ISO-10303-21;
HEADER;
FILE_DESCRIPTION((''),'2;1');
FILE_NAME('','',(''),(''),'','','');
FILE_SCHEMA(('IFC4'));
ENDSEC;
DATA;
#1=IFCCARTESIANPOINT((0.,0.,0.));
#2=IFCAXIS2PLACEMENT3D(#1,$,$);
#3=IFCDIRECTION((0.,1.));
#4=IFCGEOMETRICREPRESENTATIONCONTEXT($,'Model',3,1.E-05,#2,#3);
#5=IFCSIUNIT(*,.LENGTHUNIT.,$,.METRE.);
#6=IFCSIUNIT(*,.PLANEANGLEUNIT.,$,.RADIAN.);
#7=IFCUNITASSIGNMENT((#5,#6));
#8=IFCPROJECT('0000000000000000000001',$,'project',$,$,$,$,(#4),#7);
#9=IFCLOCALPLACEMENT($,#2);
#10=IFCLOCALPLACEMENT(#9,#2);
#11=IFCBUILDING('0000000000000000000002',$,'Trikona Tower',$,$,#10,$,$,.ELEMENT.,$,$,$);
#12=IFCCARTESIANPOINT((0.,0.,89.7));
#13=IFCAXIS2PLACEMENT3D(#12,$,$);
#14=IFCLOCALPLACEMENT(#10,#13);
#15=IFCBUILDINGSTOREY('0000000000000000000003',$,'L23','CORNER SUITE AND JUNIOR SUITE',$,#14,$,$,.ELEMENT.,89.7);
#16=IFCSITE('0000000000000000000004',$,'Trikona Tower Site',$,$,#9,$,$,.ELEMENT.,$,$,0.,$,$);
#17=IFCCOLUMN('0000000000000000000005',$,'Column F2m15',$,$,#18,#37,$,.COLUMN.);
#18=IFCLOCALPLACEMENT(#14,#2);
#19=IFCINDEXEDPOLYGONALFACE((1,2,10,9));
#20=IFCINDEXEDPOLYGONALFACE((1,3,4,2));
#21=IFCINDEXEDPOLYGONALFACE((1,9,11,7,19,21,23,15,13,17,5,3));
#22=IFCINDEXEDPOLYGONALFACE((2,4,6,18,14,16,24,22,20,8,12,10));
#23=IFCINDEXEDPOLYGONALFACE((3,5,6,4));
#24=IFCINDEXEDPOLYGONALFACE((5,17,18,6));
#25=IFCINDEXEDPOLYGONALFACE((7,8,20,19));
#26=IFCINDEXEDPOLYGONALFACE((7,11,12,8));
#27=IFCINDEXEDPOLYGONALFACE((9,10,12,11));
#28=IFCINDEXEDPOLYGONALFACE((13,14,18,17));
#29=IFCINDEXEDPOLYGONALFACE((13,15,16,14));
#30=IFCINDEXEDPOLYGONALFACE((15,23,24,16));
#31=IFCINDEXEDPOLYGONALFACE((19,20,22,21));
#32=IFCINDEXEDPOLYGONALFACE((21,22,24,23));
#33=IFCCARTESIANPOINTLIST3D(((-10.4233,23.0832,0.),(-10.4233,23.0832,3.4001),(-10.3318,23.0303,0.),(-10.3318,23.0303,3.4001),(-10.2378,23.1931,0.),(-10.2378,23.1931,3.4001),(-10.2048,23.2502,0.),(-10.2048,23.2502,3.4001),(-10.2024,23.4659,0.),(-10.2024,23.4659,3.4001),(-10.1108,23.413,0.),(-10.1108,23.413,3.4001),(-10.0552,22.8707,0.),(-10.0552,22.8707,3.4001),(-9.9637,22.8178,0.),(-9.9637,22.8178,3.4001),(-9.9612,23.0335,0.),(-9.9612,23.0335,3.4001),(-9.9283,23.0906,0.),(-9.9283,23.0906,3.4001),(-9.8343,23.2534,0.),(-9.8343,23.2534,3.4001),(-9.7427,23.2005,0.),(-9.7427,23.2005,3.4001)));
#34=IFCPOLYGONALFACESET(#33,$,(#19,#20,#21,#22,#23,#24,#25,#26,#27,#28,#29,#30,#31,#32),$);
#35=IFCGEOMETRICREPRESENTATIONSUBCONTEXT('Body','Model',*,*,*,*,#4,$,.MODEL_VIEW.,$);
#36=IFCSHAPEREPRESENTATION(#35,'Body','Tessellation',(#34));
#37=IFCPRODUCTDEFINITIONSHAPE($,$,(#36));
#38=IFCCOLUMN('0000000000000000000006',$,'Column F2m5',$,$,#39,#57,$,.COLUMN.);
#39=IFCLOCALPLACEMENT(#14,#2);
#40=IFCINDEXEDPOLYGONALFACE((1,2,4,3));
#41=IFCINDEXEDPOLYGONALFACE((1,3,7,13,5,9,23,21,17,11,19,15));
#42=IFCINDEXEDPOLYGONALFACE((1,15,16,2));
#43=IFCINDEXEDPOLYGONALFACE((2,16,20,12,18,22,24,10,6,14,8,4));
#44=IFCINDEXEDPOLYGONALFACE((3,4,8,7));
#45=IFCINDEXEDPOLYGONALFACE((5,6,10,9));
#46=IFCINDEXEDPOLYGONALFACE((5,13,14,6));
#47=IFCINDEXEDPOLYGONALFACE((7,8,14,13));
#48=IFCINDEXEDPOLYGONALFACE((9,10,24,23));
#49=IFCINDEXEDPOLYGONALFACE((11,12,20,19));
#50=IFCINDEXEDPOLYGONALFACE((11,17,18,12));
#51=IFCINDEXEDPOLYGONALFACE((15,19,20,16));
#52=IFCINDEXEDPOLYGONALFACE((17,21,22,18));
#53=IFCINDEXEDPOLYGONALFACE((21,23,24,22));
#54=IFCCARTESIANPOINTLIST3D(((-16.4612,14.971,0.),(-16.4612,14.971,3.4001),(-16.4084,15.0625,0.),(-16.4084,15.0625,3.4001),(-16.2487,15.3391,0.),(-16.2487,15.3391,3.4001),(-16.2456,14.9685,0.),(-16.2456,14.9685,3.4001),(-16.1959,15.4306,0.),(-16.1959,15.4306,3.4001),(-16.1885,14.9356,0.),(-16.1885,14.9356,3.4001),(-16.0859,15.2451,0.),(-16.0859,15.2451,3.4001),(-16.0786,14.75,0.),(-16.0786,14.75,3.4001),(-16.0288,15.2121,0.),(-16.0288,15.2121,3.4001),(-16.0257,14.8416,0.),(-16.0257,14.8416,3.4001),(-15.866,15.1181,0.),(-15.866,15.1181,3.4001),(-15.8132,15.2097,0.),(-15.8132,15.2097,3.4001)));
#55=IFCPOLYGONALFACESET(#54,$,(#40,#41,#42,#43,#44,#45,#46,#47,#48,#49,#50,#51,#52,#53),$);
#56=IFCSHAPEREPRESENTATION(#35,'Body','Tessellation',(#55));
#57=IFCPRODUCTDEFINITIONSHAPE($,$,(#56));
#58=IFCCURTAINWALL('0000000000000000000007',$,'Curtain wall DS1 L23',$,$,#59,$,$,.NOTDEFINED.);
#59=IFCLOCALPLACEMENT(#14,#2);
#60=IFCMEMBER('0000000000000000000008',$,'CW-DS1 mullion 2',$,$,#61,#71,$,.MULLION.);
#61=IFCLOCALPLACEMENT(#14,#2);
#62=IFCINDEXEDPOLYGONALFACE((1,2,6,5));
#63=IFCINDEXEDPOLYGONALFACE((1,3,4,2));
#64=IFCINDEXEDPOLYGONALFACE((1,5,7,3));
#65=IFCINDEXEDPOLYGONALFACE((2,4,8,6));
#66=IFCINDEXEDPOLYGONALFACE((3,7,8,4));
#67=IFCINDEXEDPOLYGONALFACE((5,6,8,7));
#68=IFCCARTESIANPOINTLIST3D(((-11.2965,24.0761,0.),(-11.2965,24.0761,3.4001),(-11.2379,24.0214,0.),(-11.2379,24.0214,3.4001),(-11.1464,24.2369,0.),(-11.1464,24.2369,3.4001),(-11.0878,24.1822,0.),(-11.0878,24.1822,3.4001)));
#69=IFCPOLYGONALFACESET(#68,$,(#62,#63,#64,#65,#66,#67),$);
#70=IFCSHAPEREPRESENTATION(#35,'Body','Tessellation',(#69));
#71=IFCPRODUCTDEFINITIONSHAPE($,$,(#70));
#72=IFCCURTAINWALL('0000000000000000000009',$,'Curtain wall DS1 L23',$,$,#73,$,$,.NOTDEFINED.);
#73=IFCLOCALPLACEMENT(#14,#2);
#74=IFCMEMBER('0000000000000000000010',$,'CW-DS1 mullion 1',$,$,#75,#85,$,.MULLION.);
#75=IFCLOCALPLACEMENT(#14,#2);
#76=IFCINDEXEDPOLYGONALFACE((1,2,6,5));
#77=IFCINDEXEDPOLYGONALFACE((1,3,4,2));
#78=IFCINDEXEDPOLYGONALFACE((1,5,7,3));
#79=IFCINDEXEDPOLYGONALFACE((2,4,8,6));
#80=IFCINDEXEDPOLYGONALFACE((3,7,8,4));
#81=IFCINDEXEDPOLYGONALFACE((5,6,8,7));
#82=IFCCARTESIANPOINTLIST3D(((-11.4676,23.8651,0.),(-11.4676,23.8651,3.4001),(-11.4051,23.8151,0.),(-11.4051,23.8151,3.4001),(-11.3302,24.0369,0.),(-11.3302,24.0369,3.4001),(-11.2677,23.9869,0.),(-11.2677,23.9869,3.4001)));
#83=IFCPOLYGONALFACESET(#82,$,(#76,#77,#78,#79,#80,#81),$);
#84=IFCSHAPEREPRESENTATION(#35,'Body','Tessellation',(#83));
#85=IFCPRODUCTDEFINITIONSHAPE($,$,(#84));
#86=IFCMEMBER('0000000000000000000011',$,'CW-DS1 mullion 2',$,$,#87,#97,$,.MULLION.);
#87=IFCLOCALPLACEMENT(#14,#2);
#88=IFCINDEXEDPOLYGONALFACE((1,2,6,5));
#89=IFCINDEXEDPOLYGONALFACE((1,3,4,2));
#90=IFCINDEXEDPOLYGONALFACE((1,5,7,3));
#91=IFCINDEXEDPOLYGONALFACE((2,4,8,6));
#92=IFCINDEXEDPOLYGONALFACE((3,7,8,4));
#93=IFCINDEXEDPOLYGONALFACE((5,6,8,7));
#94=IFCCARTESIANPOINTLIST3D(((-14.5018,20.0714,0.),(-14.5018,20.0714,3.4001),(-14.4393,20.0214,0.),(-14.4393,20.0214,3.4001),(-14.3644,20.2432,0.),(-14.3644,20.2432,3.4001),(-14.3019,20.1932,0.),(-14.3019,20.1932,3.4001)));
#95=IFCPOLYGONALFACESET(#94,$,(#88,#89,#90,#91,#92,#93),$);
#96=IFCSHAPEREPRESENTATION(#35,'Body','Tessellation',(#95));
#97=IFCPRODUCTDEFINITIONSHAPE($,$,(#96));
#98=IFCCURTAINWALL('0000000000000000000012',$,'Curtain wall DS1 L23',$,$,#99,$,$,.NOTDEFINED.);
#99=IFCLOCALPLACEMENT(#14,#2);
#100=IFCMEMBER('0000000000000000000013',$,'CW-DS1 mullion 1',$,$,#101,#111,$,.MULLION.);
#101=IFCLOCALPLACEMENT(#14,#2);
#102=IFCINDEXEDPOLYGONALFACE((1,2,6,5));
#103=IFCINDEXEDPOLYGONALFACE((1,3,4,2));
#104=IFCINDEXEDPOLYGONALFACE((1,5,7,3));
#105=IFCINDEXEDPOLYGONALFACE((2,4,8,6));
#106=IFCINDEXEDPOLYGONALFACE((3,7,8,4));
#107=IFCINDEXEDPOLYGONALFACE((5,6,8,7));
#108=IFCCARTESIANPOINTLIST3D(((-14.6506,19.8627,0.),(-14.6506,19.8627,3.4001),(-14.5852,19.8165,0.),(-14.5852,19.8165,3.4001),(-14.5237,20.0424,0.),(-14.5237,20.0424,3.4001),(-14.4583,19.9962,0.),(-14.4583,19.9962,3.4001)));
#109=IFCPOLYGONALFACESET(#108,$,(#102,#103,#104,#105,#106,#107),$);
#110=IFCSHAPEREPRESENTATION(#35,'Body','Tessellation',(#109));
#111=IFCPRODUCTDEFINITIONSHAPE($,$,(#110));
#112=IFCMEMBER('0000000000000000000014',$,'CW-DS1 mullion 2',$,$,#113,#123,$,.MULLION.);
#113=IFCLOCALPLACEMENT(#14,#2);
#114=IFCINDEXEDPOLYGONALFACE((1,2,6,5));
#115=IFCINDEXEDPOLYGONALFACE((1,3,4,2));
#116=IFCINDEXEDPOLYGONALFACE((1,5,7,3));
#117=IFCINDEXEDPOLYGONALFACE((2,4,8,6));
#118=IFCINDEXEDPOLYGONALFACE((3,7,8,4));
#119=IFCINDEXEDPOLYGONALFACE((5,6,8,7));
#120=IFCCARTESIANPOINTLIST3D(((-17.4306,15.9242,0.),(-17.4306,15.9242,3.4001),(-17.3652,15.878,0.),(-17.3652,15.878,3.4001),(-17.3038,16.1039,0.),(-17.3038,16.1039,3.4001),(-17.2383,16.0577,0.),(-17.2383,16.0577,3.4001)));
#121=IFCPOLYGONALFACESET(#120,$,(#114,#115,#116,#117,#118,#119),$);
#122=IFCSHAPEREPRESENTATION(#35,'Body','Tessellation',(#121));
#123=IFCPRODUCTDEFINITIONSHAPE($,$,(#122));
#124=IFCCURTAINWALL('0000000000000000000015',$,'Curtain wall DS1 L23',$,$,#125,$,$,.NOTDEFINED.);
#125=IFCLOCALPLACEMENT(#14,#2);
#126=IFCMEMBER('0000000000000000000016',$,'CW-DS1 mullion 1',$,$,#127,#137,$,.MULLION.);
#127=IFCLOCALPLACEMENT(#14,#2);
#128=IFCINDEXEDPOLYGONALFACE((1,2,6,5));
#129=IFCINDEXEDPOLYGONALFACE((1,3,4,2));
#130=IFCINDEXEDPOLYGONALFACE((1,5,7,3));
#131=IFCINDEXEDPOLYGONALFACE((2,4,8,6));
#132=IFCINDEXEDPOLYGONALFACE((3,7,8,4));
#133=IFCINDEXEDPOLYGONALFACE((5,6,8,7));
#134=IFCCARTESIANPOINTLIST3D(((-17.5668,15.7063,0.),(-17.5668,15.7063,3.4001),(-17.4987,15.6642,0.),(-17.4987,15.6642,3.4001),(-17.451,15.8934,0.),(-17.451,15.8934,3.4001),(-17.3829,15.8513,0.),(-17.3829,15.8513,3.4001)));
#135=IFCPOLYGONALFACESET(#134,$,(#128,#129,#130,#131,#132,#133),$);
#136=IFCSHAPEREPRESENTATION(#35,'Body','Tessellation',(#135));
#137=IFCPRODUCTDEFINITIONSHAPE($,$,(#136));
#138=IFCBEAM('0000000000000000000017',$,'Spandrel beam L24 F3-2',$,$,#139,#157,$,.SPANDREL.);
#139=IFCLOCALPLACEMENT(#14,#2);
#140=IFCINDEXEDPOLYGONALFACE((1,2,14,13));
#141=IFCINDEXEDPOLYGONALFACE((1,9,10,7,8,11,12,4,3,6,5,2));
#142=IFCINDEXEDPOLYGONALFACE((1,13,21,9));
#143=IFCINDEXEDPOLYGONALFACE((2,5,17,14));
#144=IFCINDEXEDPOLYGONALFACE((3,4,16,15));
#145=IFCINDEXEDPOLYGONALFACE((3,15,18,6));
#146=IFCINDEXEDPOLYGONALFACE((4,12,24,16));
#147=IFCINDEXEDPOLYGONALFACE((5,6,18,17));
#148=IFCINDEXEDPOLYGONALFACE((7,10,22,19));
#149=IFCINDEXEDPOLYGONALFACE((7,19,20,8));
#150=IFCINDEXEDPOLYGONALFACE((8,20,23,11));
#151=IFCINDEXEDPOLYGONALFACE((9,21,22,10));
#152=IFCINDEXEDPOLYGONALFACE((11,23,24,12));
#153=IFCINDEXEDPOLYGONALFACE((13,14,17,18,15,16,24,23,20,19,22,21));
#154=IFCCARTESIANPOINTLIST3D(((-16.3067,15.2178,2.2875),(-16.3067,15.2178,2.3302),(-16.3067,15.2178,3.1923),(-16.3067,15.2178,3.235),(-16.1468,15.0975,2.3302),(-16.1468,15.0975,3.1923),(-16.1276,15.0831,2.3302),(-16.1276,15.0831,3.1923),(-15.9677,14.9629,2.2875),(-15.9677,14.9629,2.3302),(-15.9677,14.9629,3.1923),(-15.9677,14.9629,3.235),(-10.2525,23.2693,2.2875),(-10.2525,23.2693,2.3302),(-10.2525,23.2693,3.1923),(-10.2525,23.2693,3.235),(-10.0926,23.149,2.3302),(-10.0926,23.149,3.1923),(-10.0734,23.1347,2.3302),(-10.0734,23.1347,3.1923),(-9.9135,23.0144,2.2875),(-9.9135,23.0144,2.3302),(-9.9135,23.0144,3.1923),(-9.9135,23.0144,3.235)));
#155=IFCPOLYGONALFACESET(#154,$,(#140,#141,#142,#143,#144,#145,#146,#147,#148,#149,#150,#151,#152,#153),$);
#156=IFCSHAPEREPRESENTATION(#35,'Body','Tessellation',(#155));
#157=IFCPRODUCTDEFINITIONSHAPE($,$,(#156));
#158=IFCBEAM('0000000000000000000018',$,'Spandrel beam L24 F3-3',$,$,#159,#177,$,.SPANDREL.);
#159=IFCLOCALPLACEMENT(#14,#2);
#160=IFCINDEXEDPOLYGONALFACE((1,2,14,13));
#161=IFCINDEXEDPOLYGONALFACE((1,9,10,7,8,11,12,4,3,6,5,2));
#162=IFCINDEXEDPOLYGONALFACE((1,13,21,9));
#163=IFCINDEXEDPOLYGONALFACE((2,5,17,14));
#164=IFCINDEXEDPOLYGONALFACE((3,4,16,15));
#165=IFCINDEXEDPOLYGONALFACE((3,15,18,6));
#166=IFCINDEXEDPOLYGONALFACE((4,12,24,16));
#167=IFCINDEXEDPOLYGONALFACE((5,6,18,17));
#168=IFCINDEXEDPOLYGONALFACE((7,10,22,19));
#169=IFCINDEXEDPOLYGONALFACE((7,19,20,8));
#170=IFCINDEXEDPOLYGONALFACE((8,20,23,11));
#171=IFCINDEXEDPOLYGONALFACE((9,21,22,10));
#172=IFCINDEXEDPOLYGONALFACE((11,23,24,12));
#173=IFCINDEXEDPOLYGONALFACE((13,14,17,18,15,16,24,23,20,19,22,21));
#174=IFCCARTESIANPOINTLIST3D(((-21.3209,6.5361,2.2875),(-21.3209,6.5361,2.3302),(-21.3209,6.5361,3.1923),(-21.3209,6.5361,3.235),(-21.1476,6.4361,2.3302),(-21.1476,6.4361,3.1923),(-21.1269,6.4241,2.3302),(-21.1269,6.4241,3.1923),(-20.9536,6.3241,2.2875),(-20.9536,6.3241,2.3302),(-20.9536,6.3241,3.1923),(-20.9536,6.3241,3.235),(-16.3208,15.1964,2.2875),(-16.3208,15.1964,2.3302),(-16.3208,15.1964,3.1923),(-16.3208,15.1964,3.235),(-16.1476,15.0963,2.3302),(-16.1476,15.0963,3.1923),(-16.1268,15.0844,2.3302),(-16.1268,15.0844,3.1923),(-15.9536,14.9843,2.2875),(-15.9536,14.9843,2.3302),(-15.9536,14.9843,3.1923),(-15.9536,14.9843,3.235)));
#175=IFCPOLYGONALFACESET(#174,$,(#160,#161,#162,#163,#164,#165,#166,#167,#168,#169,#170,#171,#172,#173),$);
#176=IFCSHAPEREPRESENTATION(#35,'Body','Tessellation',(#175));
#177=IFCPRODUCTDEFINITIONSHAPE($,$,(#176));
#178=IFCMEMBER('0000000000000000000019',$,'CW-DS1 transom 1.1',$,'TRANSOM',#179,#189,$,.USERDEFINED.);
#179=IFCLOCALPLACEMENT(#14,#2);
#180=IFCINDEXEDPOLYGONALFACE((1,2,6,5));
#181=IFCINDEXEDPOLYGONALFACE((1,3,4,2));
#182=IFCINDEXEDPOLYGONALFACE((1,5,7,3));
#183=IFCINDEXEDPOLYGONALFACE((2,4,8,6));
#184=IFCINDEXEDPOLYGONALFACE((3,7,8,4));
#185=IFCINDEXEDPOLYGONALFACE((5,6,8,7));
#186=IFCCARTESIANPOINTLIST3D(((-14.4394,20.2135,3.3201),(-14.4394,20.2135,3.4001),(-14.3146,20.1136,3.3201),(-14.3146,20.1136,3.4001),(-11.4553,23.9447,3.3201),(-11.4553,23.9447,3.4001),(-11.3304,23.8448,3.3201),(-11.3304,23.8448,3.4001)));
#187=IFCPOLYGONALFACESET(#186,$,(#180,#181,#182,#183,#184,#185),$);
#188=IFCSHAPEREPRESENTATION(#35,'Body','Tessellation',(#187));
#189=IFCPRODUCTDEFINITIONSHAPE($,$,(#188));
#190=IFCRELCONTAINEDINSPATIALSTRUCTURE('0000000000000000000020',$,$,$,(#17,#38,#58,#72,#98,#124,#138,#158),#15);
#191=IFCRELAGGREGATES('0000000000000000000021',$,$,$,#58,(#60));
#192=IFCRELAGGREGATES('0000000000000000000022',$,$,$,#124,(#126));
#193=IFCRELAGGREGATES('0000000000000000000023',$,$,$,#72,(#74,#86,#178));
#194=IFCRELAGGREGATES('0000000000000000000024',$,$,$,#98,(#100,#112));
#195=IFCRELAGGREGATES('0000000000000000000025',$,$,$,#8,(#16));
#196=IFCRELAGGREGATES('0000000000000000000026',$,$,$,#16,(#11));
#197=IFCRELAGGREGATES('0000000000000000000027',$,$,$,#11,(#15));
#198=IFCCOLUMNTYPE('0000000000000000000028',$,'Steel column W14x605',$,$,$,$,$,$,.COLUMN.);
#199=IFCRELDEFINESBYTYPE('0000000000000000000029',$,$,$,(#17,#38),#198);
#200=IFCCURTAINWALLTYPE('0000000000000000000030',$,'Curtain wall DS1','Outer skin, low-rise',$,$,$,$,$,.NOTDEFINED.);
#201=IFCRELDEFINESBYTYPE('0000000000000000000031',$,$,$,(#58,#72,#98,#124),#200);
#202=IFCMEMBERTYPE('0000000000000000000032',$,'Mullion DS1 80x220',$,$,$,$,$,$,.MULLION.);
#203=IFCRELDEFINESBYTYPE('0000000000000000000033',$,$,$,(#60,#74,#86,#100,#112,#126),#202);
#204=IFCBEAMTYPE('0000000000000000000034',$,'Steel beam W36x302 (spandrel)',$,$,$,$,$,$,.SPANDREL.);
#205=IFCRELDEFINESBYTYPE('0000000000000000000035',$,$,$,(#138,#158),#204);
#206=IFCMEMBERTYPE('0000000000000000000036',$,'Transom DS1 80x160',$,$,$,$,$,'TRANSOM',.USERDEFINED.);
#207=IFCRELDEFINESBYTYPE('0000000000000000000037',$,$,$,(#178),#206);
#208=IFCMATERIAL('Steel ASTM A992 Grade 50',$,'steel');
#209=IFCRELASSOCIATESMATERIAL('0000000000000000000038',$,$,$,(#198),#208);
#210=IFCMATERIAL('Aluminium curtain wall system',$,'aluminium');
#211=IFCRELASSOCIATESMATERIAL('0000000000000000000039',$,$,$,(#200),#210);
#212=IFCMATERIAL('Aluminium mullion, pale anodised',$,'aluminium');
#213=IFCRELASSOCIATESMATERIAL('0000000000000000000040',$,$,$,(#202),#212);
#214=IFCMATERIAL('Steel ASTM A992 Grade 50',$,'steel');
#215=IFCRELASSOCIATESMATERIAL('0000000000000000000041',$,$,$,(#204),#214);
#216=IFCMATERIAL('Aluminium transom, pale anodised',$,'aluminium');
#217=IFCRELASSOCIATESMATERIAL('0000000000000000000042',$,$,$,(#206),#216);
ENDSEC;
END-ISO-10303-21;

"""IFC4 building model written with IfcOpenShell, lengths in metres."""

from ifc_helpers import new_model, si_unit, direction, frame, origin, origin_2d, place, context, subcontext, project, spatial, rectangle, i_section, extrude, material, material_profile, profile_set, type_object, element, aggregate, save


model = new_model("IFC4")

# Units and contexts
model_context = context("Model", 3, precision=1e-05, world=origin(), true_north=direction((0.0, 1.0)))
body_context = subcontext(model_context, "Body", "Model", "MODEL_VIEW")
ifc_project = project(units=[si_unit("LENGTHUNIT", "METRE"), si_unit("PLANEANGLEUNIT", "RADIAN")], contexts=[model_context])

# Site, building, storey
site_placement = place(None, origin())
site = spatial("IfcSite", under=ifc_project, at=site_placement, Name="Trikona Tower Site", CompositionType="ELEMENT", RefElevation=0.0)
building_placement = place(site_placement, origin())
building = spatial("IfcBuilding", under=site, at=building_placement, Name="Trikona Tower", CompositionType="ELEMENT")
storey_placement = place(building_placement, frame((0.0, 0.0, 89.7)))
storey = spatial("IfcBuildingStorey", under=building, at=storey_placement, Name="L23", Description="CORNER SUITE AND JUNIOR SUITE", CompositionType="ELEMENT", Elevation=89.7)

# Columns
ifc_material_1 = material(Name="Steel ASTM A992 Grade 50", Category="steel")
ifc_material_profile_1 = material_profile(ifc_material_1, i_section(OverallWidth=0.4419, OverallDepth=0.5308, WebThickness=0.0659, FlangeThickness=0.1057, at=origin_2d()), Name="W14X605")
ifc_profile_set_1 = profile_set([ifc_material_profile_1], Name="Steel ASTM A992 Grade 50")
column_type = type_object("IfcColumnType", Name="Steel column W14x605", PredefinedType="COLUMN", material=ifc_profile_set_1)
for number, where, z_axis, x_axis, name in (
    (1, (-10.083, 23.1418, 0.0), (0.0, 0.0, 1.0), (-0.5, -0.866025, 0.0), "Column F2m15"),
    (2, (-16.1372, 15.0903, 0.0), (0.0, 0.0, 1.0), (-0.866025, 0.5, 0.0), "Column F2m5"),
):
    element("IfcColumn", number, at=place(storey_placement, frame(where, z_axis=z_axis, x_axis=x_axis)), inside=storey, type_object=column_type, Name=name, PredefinedType="COLUMN", context=body_context, shape_type="SweptSolid", body=[
        extrude(i_section(OverallWidth=0.4419, OverallDepth=0.5308, WebThickness=0.0659, FlangeThickness=0.1057, at=origin_2d()), origin(), (0.0, 0.0, 1.0), 3.4001),
    ])

# Curtain wall, member
ifc_material_2 = material(Name="Aluminium curtain wall system", Category="aluminium")
curtain_wall_type = type_object("IfcCurtainWallType", Name="Curtain wall DS1", Description="Outer skin, low-rise", PredefinedType="NOTDEFINED", material=ifc_material_2)
curtain_wall_1_placement = place(storey_placement, origin())
curtain_wall_1 = element("IfcCurtainWall", 3, at=curtain_wall_1_placement, inside=storey, type_object=curtain_wall_type, Name="Curtain wall DS1 L23", PredefinedType="NOTDEFINED")
ifc_material_3 = material(Name="Aluminium mullion, pale anodised", Category="aluminium")
ifc_material_profile_2 = material_profile(ifc_material_3, rectangle(XDim=0.0801, YDim=0.22, at=origin_2d()), Name="MUL-DS1")
ifc_profile_set_2 = profile_set([ifc_material_profile_2], Name="Aluminium mullion, pale anodised")
member_type_1 = type_object("IfcMemberType", Name="Mullion DS1 80x220", PredefinedType="MULLION", material=ifc_profile_set_2)
member_1_placement = place(storey_placement, frame((-11.1921, 24.1292, 0.0), z_axis=(0.0, 0.0, 1.0), x_axis=(0.731077, -0.682295, 0.0)))
member_1 = element("IfcMember", 4, at=member_1_placement, type_object=member_type_1, Name="CW-DS1 mullion 2", PredefinedType="MULLION", context=body_context, shape_type="SweptSolid", body=[
    extrude(rectangle(XDim=0.0801, YDim=0.22, at=origin_2d()), origin(), (0.0, 0.0, 1.0), 3.4001),
])
aggregate(curtain_wall_1, [member_1])

# Curtain walls, members
curtain_wall_2_placement = place(storey_placement, origin())
curtain_wall_2 = element("IfcCurtainWall", 5, at=curtain_wall_2_placement, inside=storey, type_object=curtain_wall_type, Name="Curtain wall DS1 L23", PredefinedType="NOTDEFINED")
member_2_placement = place(storey_placement, frame((-11.3677, 23.926, 0.0), z_axis=(0.0, 0.0, 1.0), x_axis=(0.780938, -0.624609, 0.0)))
member_2 = element("IfcMember", 6, at=member_2_placement, type_object=member_type_1, Name="CW-DS1 mullion 1", PredefinedType="MULLION", context=body_context, shape_type="SweptSolid", body=[
    extrude(rectangle(XDim=0.0801, YDim=0.22, at=origin_2d()), origin(), (0.0, 0.0, 1.0), 3.4001),
])
member_3_placement = place(storey_placement, frame((-14.4019, 20.1323, 0.0), z_axis=(0.0, 0.0, 1.0), x_axis=(0.780938, -0.624609, 0.0)))
member_3 = element("IfcMember", 7, at=member_3_placement, type_object=member_type_1, Name="CW-DS1 mullion 2", PredefinedType="MULLION", context=body_context, shape_type="SweptSolid", body=[
    extrude(rectangle(XDim=0.0801, YDim=0.22, at=origin_2d()), origin(), (0.0, 0.0, 1.0), 3.4001),
])
curtain_wall_3_placement = place(storey_placement, origin())
curtain_wall_3 = element("IfcCurtainWall", 8, at=curtain_wall_3_placement, inside=storey, type_object=curtain_wall_type, Name="Curtain wall DS1 L23", PredefinedType="NOTDEFINED")
member_4_placement = place(storey_placement, frame((-14.5544, 19.9294, 0.0), z_axis=(0.0, 0.0, 1.0), x_axis=(0.816985, -0.576658, 0.0)))
member_4 = element("IfcMember", 9, at=member_4_placement, type_object=member_type_1, Name="CW-DS1 mullion 1", PredefinedType="MULLION", context=body_context, shape_type="SweptSolid", body=[
    extrude(rectangle(XDim=0.0801, YDim=0.22, at=origin_2d()), origin(), (0.0, 0.0, 1.0), 3.4001),
])
member_5_placement = place(storey_placement, frame((-17.3345, 15.991, 0.0), z_axis=(0.0, 0.0, 1.0), x_axis=(0.816985, -0.576658, 0.0)))
member_5 = element("IfcMember", 10, at=member_5_placement, type_object=member_type_1, Name="CW-DS1 mullion 2", PredefinedType="MULLION", context=body_context, shape_type="SweptSolid", body=[
    extrude(rectangle(XDim=0.0801, YDim=0.22, at=origin_2d()), origin(), (0.0, 0.0, 1.0), 3.4001),
])

# Curtain wall, member
curtain_wall_4_placement = place(storey_placement, origin())
curtain_wall_4 = element("IfcCurtainWall", 11, at=curtain_wall_4_placement, inside=storey, type_object=curtain_wall_type, Name="Curtain wall DS1 L23", PredefinedType="NOTDEFINED")
member_6_placement = place(storey_placement, frame((-17.4749, 15.7788, 0.0), z_axis=(0.0, 0.0, 1.0), x_axis=(0.85041, -0.52612, 0.0)))
member_6 = element("IfcMember", 12, at=member_6_placement, type_object=member_type_1, Name="CW-DS1 mullion 1", PredefinedType="MULLION", context=body_context, shape_type="SweptSolid", body=[
    extrude(rectangle(XDim=0.0801, YDim=0.22, at=origin_2d()), origin(), (0.0, 0.0, 1.0), 3.4001),
])

# Beams
ifc_material_4 = material(Name="Steel ASTM A992 Grade 50", Category="steel")
ifc_material_profile_3 = material_profile(ifc_material_4, i_section(OverallWidth=0.4241, OverallDepth=0.9475, WebThickness=0.0239, FlangeThickness=0.0427, at=origin_2d()), Name="W36X302")
ifc_profile_set_3 = profile_set([ifc_material_profile_3], Name="Steel ASTM A992 Grade 50")
beam_type = type_object("IfcBeamType", Name="Steel beam W36x302 (spandrel)", PredefinedType="SPANDREL", material=ifc_profile_set_3)
beam_1_placement = place(storey_placement, frame((-10.083, 23.1418, 2.7612), z_axis=(-0.600988, -0.799258, 0.0), x_axis=(0.799258, -0.600988, 0.0)))
element("IfcBeam", 13, at=beam_1_placement, inside=storey, type_object=beam_type, Name="Spandrel beam L24 F3-2", PredefinedType="SPANDREL", context=body_context, shape_type="SweptSolid", body=[
    extrude(i_section(OverallWidth=0.4241, OverallDepth=0.9475, WebThickness=0.0239, FlangeThickness=0.0427, at=origin_2d()), origin(), (0.0, 0.0, 1.0), 10.0737),
])
beam_2_placement = place(storey_placement, frame((-16.1372, 15.0903, 2.7612), z_axis=(-0.500004, -0.866023, 0.0), x_axis=(0.866023, -0.500004, 0.0)))
element("IfcBeam", 14, at=beam_2_placement, inside=storey, type_object=beam_type, Name="Spandrel beam L24 F3-3", PredefinedType="SPANDREL", context=body_context, shape_type="SweptSolid", body=[
    extrude(i_section(OverallWidth=0.4241, OverallDepth=0.9475, WebThickness=0.0239, FlangeThickness=0.0427, at=origin_2d()), origin(), (0.0, 0.0, 1.0), 10.0),
])

# Member
ifc_material_5 = material(Name="Aluminium transom, pale anodised", Category="aluminium")
ifc_material_profile_4 = material_profile(ifc_material_5, rectangle(XDim=0.1599, YDim=0.0801, at=origin_2d()), Name="TRN-DS1")
ifc_profile_set_4 = profile_set([ifc_material_profile_4], Name="Aluminium transom, pale anodised")
member_type_2 = type_object("IfcMemberType", Name="Transom DS1 80x160", ElementType="TRANSOM", PredefinedType="USERDEFINED", material=ifc_profile_set_4)
member_7_placement = place(storey_placement, frame((-11.3928, 23.8948, 3.3601), z_axis=(-0.624589, -0.780954, 0.0), x_axis=(0.780954, -0.624589, 0.0)))
member_7 = element("IfcMember", 15, at=member_7_placement, type_object=member_type_2, Name="CW-DS1 transom 1.1", ObjectType="TRANSOM", PredefinedType="USERDEFINED", context=body_context, shape_type="SweptSolid", body=[
    extrude(rectangle(XDim=0.1599, YDim=0.0801, at=origin_2d()), origin(), (0.0, 0.0, 1.0), 4.7778),
])
aggregate(curtain_wall_4, [member_6])

aggregate(curtain_wall_2, [member_2, member_3, member_7])
aggregate(curtain_wall_3, [member_4, member_5])

save(model, "model.ifc")
